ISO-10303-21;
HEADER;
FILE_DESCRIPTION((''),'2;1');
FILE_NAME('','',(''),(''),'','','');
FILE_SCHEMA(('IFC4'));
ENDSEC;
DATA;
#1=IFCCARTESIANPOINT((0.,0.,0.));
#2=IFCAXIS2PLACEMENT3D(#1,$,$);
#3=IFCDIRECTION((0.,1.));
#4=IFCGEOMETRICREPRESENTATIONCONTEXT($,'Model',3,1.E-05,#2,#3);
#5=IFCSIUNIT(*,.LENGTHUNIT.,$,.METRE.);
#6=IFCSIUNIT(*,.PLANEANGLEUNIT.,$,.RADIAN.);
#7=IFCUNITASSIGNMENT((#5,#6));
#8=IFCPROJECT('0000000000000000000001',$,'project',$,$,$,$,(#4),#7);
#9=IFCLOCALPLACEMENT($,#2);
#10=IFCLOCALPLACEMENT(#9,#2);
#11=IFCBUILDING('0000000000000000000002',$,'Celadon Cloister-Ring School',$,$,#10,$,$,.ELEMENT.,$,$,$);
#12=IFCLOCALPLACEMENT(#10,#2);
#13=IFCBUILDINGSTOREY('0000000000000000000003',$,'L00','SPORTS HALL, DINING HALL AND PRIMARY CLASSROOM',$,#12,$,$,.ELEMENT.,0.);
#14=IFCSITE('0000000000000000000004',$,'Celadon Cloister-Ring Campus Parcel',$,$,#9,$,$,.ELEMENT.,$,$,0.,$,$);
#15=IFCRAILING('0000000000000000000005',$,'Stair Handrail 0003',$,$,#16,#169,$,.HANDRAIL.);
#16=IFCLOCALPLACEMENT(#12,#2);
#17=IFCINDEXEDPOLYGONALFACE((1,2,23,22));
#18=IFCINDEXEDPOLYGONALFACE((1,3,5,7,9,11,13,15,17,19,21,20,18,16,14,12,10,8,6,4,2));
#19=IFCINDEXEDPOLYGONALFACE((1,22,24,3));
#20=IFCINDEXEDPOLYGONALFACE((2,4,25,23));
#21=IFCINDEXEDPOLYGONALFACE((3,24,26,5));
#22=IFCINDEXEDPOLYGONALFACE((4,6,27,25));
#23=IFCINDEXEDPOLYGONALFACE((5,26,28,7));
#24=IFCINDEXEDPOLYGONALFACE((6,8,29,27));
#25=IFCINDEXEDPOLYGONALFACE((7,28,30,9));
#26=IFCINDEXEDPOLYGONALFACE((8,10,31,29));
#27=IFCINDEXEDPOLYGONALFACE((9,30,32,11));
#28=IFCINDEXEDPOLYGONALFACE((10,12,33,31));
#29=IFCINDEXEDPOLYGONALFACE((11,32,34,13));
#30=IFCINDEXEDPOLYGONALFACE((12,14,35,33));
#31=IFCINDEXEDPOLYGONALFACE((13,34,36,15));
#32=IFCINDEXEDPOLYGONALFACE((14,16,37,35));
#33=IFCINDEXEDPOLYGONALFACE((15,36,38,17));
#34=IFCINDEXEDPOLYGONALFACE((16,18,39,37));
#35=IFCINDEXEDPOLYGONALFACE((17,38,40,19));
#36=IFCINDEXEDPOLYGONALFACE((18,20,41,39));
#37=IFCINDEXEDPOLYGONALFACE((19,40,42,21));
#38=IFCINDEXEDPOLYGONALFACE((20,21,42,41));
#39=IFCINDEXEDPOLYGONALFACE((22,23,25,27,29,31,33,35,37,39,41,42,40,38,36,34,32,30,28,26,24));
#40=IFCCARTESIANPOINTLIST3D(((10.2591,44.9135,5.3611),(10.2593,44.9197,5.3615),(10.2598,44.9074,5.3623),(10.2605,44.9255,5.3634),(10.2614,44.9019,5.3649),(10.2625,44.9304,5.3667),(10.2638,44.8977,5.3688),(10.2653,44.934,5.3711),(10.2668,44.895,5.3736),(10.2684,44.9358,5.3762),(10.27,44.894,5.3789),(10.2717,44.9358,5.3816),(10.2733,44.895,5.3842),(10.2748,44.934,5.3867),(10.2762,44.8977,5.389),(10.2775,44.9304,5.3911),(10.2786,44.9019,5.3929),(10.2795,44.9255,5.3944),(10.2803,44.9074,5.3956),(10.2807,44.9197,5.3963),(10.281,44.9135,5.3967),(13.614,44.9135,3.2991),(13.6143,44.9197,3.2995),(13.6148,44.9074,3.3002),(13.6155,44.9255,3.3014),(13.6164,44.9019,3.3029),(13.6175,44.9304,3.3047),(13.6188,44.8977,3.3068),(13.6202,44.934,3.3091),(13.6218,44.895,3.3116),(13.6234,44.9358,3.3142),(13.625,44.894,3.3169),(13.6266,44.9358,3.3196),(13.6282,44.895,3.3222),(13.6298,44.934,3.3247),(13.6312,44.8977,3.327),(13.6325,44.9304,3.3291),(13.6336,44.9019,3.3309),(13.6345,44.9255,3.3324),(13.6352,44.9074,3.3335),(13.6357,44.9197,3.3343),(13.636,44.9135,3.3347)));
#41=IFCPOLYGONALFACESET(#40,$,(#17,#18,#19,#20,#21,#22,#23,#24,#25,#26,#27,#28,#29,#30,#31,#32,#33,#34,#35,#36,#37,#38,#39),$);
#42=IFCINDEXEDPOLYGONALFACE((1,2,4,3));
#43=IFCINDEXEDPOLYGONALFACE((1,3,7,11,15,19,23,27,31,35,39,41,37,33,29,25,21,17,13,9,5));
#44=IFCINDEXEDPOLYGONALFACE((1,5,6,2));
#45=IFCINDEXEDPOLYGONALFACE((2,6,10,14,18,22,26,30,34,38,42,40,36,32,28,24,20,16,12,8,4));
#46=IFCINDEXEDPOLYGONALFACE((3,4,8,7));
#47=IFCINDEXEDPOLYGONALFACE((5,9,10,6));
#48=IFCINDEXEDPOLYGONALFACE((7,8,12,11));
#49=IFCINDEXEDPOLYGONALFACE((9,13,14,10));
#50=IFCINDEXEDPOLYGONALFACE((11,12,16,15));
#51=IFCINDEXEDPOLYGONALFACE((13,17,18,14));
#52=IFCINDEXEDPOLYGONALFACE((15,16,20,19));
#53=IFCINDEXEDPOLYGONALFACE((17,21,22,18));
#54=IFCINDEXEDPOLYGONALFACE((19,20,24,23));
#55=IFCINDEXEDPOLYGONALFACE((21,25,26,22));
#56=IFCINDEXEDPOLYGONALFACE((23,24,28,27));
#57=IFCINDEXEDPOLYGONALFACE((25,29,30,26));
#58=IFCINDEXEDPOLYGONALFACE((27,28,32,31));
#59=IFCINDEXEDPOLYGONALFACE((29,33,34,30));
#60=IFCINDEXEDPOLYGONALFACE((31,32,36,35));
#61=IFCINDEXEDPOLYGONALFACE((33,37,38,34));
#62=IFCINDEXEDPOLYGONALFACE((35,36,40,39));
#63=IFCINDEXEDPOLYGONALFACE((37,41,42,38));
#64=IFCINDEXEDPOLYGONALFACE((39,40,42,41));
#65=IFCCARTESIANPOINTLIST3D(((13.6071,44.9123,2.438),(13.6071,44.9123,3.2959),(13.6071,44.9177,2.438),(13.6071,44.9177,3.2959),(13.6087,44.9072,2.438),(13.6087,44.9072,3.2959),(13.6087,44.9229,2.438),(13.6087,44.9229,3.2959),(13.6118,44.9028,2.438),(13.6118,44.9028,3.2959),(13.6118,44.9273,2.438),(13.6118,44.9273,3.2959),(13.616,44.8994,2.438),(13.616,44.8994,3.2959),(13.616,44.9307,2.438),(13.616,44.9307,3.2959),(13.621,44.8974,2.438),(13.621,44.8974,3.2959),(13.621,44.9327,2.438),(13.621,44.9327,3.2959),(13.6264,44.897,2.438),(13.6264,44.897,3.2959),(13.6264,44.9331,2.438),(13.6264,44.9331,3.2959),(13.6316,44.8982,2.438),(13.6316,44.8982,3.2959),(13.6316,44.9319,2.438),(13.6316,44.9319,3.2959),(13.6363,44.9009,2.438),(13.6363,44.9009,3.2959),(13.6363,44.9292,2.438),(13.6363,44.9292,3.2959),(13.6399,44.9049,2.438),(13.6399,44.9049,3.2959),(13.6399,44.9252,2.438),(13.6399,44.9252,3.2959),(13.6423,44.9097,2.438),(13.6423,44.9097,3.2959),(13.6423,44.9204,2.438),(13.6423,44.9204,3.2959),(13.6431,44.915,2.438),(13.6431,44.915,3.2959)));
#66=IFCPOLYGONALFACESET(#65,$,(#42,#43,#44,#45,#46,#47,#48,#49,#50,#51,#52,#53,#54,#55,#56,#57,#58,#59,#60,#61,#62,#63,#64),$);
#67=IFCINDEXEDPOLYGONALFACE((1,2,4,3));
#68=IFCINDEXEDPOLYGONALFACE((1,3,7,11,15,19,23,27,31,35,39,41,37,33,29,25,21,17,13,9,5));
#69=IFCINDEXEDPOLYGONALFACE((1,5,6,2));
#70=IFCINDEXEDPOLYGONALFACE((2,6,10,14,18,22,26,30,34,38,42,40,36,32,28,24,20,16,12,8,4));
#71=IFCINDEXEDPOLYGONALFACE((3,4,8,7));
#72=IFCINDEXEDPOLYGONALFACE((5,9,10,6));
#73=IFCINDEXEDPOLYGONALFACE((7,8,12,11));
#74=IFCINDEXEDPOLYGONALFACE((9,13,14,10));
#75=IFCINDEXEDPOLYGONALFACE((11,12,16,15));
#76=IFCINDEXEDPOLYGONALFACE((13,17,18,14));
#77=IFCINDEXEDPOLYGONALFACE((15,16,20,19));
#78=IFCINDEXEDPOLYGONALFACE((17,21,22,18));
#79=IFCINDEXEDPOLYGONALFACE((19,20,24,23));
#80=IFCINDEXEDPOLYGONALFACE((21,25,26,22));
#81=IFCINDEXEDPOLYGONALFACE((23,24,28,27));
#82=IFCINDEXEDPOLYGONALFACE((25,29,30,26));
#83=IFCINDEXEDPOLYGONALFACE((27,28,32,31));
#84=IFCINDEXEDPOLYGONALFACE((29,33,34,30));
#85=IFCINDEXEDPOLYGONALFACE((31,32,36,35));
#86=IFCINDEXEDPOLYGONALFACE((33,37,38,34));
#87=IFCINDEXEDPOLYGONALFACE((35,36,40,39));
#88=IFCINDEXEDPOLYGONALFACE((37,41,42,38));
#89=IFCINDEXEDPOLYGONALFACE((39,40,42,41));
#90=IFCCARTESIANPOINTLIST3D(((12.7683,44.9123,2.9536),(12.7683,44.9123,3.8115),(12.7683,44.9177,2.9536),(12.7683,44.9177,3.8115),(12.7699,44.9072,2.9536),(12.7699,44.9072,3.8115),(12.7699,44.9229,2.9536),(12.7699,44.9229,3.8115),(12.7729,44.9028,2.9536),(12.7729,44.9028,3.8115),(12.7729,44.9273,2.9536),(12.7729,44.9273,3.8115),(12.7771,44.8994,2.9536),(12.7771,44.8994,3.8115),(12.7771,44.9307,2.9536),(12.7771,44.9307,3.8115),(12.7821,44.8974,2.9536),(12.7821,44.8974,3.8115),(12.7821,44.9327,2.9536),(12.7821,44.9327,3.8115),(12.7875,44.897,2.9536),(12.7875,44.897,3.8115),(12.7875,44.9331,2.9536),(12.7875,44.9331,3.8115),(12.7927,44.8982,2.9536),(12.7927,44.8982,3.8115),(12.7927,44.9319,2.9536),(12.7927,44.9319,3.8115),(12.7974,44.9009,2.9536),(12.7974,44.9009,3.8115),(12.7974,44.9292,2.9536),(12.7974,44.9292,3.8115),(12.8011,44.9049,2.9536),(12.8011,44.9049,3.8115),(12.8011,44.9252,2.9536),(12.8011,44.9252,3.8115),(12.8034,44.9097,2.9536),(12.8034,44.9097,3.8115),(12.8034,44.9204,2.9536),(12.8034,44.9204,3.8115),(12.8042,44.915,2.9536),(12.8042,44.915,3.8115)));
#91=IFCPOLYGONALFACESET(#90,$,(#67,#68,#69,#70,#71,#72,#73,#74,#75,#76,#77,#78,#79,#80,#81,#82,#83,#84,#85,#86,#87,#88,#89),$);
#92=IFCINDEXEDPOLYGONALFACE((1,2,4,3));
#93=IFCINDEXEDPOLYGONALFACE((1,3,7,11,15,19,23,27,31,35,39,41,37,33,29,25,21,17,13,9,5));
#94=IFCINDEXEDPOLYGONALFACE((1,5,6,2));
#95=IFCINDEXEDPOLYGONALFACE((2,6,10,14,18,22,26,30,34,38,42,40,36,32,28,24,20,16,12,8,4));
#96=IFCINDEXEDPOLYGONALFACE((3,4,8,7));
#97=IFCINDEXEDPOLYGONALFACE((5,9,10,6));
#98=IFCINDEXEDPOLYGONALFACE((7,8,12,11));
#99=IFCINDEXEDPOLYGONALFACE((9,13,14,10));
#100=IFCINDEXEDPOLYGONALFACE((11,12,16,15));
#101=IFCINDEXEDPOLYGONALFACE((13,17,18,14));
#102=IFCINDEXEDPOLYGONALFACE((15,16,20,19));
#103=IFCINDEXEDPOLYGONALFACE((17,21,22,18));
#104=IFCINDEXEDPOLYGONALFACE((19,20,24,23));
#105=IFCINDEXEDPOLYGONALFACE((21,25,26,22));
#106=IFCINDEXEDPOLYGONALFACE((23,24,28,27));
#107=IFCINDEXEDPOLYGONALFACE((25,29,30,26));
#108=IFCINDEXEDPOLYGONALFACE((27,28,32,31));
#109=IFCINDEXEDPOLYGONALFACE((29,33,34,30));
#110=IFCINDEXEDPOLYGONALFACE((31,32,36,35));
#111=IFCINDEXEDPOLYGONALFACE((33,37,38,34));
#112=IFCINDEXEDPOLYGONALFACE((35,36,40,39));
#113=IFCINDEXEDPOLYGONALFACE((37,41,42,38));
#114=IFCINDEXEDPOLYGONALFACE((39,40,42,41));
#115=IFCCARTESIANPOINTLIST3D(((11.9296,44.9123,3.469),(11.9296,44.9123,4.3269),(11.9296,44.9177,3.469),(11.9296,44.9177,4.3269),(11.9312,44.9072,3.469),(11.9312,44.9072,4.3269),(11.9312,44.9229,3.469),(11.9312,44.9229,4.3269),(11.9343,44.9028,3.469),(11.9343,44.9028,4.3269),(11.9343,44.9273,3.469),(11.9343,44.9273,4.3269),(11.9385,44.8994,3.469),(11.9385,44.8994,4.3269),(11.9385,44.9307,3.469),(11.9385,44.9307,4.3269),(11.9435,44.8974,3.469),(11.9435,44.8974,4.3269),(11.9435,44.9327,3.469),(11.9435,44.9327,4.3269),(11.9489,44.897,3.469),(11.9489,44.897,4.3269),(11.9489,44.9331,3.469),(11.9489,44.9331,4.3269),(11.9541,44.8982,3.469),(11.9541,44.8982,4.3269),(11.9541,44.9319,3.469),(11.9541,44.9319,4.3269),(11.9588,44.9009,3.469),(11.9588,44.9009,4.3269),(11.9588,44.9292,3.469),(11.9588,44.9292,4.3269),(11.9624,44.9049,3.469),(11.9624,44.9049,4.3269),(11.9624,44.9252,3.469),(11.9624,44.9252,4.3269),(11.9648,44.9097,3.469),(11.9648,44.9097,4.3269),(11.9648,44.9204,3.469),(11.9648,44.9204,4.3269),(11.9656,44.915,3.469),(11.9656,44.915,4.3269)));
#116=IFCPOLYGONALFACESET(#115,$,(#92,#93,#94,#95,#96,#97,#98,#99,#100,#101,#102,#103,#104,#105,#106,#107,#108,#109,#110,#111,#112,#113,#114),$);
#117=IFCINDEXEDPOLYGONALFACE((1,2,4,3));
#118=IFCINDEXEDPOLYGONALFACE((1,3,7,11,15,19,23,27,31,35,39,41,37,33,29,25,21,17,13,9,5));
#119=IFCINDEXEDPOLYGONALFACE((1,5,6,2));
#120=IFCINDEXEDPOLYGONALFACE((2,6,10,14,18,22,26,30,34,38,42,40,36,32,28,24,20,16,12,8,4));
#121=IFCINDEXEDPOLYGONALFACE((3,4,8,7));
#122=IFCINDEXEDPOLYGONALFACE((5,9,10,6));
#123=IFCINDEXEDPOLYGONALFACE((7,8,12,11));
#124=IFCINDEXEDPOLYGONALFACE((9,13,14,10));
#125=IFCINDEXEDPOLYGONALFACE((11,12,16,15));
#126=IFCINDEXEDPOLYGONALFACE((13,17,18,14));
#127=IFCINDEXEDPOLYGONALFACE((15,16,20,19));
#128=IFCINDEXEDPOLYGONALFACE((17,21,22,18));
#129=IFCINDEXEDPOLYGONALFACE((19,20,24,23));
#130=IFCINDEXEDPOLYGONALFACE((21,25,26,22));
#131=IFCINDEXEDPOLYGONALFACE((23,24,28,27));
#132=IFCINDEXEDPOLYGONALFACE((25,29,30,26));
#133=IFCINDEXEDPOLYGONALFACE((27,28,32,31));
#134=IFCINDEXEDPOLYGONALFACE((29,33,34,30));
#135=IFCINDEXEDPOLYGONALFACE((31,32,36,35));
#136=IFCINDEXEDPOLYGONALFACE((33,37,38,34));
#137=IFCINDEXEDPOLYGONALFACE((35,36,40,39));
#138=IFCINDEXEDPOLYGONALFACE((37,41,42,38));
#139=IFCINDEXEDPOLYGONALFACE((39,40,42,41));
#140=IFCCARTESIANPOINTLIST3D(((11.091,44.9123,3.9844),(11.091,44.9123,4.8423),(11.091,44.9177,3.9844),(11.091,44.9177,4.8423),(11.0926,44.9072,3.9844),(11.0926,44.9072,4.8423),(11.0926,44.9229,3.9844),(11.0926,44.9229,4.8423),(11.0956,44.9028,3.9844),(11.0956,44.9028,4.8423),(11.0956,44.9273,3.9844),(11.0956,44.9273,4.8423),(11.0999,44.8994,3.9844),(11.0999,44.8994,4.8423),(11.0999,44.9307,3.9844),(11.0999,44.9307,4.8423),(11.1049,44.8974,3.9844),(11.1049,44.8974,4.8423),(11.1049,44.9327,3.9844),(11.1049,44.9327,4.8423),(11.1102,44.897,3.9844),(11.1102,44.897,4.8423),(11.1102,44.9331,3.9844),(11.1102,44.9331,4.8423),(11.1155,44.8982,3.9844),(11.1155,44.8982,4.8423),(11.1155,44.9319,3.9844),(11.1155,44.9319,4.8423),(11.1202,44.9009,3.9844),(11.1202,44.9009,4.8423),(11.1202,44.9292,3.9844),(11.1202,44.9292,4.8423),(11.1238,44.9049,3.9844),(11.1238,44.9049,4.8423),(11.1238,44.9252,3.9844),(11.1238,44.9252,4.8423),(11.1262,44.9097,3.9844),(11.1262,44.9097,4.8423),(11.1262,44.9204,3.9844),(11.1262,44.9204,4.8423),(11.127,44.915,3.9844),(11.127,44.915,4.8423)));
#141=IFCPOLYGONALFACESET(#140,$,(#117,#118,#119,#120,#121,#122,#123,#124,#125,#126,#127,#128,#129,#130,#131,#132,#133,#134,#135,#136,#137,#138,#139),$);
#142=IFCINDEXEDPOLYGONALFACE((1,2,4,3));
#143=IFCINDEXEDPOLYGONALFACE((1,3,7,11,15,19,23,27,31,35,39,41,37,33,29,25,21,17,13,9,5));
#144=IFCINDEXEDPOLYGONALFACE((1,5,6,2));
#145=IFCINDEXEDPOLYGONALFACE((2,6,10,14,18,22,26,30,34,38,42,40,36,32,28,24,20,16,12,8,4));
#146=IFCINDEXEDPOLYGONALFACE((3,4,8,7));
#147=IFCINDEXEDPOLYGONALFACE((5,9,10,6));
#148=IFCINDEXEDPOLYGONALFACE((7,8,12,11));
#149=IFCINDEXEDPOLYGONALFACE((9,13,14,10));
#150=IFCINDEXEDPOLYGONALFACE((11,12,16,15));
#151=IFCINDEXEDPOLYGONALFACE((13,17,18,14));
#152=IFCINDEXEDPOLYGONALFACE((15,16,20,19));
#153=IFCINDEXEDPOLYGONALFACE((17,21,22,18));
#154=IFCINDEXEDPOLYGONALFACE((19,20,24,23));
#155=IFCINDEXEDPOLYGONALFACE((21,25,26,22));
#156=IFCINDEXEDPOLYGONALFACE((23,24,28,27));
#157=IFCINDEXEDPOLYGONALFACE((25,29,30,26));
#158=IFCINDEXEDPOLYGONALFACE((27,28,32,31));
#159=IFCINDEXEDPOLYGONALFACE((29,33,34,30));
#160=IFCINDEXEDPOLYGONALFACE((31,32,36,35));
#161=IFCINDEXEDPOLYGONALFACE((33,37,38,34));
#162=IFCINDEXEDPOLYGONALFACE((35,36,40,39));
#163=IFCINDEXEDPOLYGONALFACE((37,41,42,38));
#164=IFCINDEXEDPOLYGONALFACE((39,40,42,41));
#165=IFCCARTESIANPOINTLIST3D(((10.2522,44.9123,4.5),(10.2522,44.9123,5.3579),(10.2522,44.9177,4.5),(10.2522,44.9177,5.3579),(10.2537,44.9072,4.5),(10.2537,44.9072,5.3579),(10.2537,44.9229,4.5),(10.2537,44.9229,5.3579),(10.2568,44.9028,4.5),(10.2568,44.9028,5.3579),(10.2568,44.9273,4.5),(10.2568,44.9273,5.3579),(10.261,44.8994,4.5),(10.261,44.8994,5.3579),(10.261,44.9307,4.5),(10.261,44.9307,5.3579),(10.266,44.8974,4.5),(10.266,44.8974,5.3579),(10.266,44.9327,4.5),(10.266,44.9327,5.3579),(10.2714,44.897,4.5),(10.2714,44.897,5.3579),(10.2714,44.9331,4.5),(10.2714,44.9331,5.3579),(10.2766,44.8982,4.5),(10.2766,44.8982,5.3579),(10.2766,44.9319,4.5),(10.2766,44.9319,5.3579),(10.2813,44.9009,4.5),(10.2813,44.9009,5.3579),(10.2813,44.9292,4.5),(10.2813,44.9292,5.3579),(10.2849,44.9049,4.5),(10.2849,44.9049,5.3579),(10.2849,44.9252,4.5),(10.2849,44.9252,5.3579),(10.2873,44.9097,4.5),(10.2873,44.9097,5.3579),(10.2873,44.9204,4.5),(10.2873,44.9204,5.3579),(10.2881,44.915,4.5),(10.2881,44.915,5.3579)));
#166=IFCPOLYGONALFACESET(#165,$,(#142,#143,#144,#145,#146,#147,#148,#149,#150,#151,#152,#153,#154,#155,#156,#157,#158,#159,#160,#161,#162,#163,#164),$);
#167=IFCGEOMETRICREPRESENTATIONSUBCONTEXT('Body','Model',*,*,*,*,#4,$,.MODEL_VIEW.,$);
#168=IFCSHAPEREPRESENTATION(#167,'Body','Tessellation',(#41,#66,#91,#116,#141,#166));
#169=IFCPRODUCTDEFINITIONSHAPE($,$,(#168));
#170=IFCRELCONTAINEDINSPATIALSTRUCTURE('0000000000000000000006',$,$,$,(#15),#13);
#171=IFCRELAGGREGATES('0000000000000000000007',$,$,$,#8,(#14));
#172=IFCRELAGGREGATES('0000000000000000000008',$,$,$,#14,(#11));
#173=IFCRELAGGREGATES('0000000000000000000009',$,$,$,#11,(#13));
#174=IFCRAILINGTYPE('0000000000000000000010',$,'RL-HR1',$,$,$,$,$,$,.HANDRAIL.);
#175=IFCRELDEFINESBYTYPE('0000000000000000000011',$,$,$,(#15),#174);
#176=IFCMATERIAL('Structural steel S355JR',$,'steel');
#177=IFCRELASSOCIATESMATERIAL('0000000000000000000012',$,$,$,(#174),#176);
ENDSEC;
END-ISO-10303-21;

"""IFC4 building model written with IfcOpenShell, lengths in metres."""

from ifc_helpers import new_model, si_unit, direction, frame, origin, origin_2d, place, context, subcontext, project, spatial, circle, extrude, material, type_object, element, save


model = new_model("IFC4")

# Units and contexts
model_context = context("Model", 3, precision=1e-05, world=origin(), true_north=direction((0.0, 1.0)))
body_context = subcontext(model_context, "Body", "Model", "MODEL_VIEW")
ifc_project = project(units=[si_unit("LENGTHUNIT", "METRE"), si_unit("PLANEANGLEUNIT", "RADIAN")], contexts=[model_context])

# Site, building, storey
site_placement = place(None, origin())
site = spatial("IfcSite", under=ifc_project, at=site_placement, Name="Celadon Cloister-Ring Campus Parcel", CompositionType="ELEMENT", RefElevation=0.0)
building_placement = place(site_placement, origin())
building = spatial("IfcBuilding", under=site, at=building_placement, Name="Celadon Cloister-Ring School", CompositionType="ELEMENT")
storey_placement = place(building_placement, origin())
storey = spatial("IfcBuildingStorey", under=building, at=storey_placement, Name="L00", Description="SPORTS HALL, DINING HALL AND PRIMARY CLASSROOM", CompositionType="ELEMENT", Elevation=0.0)

# Railing
ifc_material_1 = material(Name="Structural steel S355JR", Category="steel")
railing_type_1 = type_object("IfcRailingType", Name="RL-HR1", PredefinedType="HANDRAIL", material=ifc_material_1)
for number, where, name in (
    (1, (13.625, 44.915, 2.438), "Stair Handrail 0003"),
):
    element("IfcRailing", number, at=place(storey_placement, frame(where)), inside=storey, type_object=railing_type_1, Name=name, PredefinedType="HANDRAIL", context=body_context, shape_type="SweptSolid", body=[
        extrude(circle(Radius=0.021, at=origin_2d()), frame((0.0, 0.0, 0.8789), z_axis=(-0.851952, 0.0, 0.52362), x_axis=(0.0, -1.0, 0.0)), (0.0, 0.0, 1.0), 3.938),
        extrude(circle(Radius=0.0181, at=origin_2d()), origin(), (0.0, 0.0, 1.0), 0.8579),
        extrude(circle(Radius=0.0181, at=origin_2d()), frame((-0.8389, 0.0, 0.5156)), (0.0, 0.0, 1.0), 0.8579),
        extrude(circle(Radius=0.0181, at=origin_2d()), frame((-1.6775, 0.0, 1.031)), (0.0, 0.0, 1.0), 0.8579),
        extrude(circle(Radius=0.0181, at=origin_2d()), frame((-2.5161, 0.0, 1.5464)), (0.0, 0.0, 1.0), 0.8579),
        extrude(circle(Radius=0.0181, at=origin_2d()), frame((-3.355, 0.0, 2.062)), (0.0, 0.0, 1.0), 0.8579),
    ])

save(model, "model.ifc")
